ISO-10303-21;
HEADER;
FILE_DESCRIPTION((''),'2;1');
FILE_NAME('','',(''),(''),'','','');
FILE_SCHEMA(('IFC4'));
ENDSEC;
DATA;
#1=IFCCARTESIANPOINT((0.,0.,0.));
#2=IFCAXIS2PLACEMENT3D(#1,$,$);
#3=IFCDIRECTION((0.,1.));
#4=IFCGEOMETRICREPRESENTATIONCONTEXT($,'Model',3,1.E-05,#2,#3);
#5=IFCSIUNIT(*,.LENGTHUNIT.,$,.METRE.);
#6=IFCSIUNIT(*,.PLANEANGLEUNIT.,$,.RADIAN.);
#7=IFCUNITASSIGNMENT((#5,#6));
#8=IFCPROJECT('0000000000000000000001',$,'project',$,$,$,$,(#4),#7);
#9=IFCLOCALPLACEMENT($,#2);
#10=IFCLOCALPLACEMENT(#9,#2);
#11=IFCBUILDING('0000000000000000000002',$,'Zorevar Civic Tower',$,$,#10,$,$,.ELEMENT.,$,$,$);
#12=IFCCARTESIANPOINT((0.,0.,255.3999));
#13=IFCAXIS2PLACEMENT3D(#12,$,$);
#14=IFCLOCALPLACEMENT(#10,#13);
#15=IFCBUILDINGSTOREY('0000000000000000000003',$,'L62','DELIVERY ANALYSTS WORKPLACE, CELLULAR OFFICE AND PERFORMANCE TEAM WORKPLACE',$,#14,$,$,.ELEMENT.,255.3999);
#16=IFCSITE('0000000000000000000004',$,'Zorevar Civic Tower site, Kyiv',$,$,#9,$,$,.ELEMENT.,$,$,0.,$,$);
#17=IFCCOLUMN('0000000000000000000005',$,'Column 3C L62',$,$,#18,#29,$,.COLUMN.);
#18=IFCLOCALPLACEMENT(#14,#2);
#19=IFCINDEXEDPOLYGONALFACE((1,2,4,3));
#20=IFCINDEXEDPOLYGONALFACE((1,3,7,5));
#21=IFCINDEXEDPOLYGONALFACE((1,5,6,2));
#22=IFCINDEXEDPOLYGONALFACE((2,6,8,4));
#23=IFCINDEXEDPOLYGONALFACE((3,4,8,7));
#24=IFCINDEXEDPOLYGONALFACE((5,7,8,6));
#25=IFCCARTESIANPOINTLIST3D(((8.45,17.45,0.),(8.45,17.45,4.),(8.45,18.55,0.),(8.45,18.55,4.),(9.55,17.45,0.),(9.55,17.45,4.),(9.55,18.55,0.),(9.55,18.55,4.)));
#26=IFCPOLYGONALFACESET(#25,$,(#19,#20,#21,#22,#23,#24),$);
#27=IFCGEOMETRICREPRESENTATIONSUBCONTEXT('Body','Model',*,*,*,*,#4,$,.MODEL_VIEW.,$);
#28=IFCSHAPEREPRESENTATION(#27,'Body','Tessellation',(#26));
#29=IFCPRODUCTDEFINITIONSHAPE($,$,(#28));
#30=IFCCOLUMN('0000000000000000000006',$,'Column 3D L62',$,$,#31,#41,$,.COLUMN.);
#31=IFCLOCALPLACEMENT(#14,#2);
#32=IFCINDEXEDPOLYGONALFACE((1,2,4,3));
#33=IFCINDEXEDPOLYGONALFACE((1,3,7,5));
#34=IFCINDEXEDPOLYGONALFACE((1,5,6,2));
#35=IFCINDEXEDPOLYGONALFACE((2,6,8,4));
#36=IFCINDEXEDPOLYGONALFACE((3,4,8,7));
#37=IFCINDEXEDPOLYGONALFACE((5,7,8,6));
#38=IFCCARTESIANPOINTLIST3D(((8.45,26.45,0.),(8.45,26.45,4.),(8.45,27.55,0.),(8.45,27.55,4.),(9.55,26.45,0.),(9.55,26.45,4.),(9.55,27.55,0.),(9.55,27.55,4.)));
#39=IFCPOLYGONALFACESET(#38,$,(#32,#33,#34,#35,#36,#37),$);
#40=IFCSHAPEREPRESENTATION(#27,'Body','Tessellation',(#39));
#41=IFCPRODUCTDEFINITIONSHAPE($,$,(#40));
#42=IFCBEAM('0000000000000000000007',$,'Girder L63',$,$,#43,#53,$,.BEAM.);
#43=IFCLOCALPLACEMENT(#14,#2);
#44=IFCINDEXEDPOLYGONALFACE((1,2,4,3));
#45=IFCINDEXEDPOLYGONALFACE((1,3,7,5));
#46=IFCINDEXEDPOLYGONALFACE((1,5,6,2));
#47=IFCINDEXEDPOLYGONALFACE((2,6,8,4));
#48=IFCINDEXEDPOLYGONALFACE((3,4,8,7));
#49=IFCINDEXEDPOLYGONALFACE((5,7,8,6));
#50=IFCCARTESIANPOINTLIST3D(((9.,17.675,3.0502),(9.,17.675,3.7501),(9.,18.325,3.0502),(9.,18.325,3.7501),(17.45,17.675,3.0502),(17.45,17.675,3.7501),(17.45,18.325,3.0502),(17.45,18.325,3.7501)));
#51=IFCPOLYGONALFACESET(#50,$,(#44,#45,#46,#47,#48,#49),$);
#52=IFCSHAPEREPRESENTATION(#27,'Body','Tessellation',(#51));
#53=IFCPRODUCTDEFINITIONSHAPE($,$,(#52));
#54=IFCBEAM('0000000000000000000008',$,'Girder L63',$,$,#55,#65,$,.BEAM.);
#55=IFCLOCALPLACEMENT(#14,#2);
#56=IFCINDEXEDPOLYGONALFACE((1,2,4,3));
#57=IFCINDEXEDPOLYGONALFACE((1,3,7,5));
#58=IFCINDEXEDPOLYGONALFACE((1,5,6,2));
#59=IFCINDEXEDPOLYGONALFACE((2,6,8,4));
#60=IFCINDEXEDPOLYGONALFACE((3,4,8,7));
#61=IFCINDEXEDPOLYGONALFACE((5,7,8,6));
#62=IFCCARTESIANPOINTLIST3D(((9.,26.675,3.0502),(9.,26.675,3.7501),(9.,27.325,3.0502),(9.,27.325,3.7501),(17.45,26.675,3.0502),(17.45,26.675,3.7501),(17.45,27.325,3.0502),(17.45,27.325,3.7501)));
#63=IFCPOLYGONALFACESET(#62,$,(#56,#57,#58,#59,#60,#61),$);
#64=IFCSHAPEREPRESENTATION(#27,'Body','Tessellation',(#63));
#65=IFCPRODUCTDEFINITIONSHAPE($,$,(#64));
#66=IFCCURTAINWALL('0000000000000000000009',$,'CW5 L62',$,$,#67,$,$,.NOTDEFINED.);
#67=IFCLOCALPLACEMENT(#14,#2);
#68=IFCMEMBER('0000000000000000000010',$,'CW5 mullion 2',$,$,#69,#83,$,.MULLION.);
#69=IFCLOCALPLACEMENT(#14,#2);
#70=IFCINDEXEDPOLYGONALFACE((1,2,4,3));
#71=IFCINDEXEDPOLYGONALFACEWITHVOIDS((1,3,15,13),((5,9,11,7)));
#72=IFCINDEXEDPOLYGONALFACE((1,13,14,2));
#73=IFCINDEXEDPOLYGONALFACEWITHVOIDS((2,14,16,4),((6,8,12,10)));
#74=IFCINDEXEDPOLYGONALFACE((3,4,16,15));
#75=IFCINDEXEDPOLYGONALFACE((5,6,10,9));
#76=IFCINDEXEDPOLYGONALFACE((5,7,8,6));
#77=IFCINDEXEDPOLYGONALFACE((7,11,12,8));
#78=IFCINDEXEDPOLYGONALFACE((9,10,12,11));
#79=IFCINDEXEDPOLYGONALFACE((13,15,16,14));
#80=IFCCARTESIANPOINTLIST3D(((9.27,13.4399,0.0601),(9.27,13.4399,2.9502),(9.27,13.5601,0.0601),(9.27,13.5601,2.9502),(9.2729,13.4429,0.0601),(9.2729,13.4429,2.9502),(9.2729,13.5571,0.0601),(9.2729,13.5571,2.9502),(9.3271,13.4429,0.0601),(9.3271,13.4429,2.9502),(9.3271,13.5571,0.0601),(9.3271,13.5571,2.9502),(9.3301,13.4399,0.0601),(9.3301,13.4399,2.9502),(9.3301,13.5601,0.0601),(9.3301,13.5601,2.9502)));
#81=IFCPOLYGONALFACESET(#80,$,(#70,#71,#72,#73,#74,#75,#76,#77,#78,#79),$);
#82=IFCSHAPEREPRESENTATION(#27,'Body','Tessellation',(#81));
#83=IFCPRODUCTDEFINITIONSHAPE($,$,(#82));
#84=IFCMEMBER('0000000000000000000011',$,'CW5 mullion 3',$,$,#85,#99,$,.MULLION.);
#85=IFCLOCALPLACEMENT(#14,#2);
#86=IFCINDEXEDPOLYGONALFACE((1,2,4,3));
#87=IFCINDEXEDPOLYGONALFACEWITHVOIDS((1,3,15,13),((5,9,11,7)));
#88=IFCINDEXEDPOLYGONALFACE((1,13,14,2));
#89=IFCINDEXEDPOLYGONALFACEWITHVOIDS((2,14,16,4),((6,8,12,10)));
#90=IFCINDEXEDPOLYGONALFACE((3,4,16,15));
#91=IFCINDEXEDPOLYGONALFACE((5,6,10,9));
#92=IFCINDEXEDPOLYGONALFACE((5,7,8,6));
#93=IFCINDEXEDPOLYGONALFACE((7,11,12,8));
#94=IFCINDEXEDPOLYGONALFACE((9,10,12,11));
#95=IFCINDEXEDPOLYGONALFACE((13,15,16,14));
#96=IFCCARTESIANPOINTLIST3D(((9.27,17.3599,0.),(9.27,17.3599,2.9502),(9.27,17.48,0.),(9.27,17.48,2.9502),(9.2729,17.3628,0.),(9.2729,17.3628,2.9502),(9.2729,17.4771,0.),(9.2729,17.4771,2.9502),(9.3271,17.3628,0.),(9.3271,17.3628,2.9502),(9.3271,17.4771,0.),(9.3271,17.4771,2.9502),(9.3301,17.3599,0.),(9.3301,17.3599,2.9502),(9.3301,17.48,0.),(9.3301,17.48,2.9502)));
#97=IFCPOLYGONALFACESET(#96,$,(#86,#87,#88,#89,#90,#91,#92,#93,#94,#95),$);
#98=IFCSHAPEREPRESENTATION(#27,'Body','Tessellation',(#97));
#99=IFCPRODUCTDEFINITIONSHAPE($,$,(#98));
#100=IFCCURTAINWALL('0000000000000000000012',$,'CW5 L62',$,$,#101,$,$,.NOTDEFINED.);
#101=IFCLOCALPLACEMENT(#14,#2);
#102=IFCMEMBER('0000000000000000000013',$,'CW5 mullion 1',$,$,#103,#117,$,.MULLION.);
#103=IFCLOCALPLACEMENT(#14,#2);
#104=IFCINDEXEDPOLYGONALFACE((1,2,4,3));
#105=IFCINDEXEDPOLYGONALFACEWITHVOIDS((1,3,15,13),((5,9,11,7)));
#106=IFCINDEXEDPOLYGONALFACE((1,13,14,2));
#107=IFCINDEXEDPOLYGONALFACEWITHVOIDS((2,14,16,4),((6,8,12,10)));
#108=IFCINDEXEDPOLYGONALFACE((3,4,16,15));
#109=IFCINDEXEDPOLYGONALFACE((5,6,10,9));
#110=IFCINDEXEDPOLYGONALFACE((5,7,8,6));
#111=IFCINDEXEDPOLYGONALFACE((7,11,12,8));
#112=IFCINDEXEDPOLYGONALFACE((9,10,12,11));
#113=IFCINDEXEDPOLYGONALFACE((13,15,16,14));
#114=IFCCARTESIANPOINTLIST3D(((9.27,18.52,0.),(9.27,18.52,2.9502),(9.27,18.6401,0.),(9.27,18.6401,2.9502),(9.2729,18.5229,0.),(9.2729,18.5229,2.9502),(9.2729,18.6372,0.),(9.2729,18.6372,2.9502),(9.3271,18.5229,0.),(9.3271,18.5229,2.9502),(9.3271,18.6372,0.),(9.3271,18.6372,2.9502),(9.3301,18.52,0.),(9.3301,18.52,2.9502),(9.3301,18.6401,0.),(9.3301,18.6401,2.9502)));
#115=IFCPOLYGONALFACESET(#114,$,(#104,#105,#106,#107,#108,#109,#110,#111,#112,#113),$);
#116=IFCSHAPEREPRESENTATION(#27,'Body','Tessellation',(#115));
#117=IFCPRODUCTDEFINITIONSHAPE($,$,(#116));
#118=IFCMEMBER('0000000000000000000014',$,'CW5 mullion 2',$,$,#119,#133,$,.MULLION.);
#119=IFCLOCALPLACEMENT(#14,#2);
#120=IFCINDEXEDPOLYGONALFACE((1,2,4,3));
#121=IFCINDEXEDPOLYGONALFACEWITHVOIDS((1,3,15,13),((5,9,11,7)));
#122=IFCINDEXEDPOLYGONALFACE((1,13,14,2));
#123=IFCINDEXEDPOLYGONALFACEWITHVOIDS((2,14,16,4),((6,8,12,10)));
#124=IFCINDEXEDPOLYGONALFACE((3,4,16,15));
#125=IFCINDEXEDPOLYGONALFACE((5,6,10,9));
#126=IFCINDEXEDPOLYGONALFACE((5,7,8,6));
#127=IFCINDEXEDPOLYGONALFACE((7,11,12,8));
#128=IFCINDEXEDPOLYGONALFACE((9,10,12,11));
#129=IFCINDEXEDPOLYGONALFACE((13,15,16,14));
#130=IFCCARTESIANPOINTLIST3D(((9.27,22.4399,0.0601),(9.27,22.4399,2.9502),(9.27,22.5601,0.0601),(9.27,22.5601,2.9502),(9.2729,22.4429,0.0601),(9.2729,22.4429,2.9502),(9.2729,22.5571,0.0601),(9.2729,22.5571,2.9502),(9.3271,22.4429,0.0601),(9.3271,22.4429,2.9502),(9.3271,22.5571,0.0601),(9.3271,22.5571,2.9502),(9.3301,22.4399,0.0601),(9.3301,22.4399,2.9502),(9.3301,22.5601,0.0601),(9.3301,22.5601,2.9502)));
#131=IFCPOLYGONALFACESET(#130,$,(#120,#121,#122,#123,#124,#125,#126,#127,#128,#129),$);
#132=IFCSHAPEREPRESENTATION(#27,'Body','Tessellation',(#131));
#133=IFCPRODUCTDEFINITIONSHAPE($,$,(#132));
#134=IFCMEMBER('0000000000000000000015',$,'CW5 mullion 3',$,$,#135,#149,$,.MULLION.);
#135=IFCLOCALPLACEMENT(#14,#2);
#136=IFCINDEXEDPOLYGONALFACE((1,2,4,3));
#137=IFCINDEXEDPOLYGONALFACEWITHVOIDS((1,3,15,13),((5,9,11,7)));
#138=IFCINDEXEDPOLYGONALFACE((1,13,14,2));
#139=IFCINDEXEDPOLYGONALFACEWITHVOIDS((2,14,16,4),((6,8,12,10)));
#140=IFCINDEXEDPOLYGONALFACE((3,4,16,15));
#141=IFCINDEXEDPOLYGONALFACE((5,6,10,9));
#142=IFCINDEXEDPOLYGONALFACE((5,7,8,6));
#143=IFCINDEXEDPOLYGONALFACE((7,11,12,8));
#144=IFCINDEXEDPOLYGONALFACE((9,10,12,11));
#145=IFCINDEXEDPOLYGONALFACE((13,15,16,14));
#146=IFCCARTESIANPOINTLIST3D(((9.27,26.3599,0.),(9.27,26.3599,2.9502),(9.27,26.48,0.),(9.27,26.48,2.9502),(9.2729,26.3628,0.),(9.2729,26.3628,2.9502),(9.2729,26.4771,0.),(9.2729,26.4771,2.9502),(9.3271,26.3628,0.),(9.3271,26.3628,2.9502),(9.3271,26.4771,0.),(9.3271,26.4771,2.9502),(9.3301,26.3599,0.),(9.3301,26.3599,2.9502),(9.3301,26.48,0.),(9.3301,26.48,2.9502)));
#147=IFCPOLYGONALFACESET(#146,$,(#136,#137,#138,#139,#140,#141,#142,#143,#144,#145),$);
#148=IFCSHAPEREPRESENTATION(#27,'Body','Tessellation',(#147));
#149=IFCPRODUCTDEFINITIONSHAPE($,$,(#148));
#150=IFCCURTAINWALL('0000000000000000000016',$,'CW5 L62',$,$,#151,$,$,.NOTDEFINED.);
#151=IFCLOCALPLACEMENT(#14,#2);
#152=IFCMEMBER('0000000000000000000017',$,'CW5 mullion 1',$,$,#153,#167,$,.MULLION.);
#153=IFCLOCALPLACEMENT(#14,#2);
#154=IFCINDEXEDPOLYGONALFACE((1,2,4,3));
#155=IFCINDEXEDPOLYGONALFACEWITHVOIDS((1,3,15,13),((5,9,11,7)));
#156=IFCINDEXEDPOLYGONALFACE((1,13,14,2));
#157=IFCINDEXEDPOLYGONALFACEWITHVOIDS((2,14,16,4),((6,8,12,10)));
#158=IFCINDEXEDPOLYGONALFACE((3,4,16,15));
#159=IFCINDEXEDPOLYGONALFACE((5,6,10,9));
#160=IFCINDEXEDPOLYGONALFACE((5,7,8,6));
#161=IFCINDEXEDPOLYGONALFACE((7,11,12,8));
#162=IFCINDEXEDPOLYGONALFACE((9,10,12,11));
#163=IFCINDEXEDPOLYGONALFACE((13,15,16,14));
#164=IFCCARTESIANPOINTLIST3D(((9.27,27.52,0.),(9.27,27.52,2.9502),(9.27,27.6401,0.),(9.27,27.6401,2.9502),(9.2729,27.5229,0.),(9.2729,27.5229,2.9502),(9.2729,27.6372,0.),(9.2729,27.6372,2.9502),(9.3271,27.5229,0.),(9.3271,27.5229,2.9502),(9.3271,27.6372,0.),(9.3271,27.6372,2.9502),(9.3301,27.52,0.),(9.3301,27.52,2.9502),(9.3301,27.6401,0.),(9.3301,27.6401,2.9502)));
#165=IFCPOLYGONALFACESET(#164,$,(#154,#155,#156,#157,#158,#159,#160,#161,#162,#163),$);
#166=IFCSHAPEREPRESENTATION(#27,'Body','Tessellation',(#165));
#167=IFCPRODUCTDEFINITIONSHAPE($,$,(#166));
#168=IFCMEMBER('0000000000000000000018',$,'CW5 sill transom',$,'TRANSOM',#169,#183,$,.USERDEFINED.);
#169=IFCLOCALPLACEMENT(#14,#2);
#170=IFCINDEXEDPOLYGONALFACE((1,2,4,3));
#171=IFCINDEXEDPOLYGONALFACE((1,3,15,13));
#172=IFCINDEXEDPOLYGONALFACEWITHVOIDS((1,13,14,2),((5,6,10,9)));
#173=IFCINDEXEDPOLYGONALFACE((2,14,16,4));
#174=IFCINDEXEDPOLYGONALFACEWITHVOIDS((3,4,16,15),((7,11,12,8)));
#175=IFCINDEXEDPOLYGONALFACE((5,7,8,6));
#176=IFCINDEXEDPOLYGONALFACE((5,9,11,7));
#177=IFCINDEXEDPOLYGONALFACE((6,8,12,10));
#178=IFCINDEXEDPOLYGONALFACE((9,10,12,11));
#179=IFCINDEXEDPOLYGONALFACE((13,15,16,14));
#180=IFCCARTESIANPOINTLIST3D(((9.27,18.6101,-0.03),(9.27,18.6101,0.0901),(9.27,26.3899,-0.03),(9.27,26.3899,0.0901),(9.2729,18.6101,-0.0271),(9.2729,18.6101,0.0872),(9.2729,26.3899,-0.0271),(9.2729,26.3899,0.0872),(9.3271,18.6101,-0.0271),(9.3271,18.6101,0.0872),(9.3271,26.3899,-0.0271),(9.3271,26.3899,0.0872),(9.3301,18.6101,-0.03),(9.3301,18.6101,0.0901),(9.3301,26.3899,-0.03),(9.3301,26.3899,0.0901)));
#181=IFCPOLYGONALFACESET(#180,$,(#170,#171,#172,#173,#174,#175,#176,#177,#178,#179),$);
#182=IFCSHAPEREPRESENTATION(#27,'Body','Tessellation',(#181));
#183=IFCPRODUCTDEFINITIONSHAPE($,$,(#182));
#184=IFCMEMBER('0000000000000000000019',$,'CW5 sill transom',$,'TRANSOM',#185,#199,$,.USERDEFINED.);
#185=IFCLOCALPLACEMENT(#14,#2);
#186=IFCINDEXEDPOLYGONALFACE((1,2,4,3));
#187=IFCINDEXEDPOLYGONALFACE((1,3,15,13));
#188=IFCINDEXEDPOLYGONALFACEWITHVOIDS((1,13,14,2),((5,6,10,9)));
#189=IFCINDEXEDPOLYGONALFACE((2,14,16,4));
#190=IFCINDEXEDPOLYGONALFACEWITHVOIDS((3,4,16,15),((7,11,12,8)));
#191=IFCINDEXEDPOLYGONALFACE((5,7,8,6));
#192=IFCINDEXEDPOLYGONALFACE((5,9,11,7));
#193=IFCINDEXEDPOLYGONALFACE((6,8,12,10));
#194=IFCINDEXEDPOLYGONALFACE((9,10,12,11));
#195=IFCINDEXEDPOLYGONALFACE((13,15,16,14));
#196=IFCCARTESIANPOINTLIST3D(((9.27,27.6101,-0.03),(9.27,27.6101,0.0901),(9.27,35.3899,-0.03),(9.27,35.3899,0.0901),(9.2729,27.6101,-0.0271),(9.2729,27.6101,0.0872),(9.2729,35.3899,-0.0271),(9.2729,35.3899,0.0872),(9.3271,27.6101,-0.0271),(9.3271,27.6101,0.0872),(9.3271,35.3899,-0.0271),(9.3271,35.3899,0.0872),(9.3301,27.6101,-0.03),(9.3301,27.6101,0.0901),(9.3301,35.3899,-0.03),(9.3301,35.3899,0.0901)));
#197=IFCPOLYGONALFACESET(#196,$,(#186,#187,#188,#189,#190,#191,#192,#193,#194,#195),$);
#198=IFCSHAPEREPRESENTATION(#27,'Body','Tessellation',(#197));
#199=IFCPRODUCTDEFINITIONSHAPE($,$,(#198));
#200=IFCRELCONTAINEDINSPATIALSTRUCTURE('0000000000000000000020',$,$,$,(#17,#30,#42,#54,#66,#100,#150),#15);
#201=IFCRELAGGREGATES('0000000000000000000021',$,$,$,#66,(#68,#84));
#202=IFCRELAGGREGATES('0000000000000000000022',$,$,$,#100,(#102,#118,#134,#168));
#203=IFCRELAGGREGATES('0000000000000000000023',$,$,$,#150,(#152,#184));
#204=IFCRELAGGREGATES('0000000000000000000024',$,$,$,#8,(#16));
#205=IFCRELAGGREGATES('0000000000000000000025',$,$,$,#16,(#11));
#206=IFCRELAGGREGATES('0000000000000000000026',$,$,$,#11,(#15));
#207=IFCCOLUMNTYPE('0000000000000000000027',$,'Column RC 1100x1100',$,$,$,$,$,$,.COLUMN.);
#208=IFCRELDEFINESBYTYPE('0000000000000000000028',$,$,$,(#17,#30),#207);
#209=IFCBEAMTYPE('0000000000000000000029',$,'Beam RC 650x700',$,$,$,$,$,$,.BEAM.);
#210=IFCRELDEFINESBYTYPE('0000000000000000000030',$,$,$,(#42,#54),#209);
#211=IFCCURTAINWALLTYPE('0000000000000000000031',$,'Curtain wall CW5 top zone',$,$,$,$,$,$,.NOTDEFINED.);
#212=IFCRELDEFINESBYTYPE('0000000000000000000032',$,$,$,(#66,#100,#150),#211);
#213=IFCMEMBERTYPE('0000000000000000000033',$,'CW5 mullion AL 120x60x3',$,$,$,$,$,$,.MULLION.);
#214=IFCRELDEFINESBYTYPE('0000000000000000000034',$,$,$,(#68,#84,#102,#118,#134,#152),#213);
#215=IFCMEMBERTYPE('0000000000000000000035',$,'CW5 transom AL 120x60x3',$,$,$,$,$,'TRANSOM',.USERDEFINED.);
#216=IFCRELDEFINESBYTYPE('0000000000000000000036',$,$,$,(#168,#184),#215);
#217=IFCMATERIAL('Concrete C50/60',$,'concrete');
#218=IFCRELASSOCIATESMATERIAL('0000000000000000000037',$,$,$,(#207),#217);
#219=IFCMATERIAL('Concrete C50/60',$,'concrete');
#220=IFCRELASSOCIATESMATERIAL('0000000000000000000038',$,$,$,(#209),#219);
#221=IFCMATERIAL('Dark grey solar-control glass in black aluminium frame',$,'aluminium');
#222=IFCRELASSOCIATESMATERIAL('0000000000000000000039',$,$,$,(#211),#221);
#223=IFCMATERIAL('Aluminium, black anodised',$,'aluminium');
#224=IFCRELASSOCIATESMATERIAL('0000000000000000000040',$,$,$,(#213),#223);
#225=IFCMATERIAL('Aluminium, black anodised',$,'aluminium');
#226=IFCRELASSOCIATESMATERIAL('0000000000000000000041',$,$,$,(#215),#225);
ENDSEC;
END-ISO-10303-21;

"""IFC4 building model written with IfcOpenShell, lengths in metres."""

from ifc_helpers import new_model, si_unit, direction, frame, origin, origin_2d, place, context, subcontext, project, spatial, rectangle, hollow_rectangle, extrude, material, material_profile, profile_set, type_object, element, aggregate, save


model = new_model("IFC4")

# Units and contexts
model_context = context("Model", 3, precision=1e-05, world=origin(), true_north=direction((0.0, 1.0)))
body_context = subcontext(model_context, "Body", "Model", "MODEL_VIEW")
ifc_project = project(units=[si_unit("LENGTHUNIT", "METRE"), si_unit("PLANEANGLEUNIT", "RADIAN")], contexts=[model_context])

# Site, building, storey
site_placement = place(None, origin())
site = spatial("IfcSite", under=ifc_project, at=site_placement, Name="Zorevar Civic Tower site, Kyiv", CompositionType="ELEMENT", RefElevation=0.0)
building_placement = place(site_placement, origin())
building = spatial("IfcBuilding", under=site, at=building_placement, Name="Zorevar Civic Tower", CompositionType="ELEMENT")
storey_placement = place(building_placement, frame((0.0, 0.0, 255.3999)))
storey = spatial("IfcBuildingStorey", under=building, at=storey_placement, Name="L62", Description="DELIVERY ANALYSTS WORKPLACE, CELLULAR OFFICE AND PERFORMANCE TEAM WORKPLACE", CompositionType="ELEMENT", Elevation=255.3999)

# Columns
ifc_material_1 = material(Name="Concrete C50/60", Category="concrete")
ifc_material_profile_1 = material_profile(ifc_material_1, rectangle(XDim=1.1001, YDim=1.1001, at=origin_2d()), Name="RC 1100x1100")
ifc_profile_set_1 = profile_set([ifc_material_profile_1], Name="Concrete C50/60")
column_type = type_object("IfcColumnType", Name="Column RC 1100x1100", PredefinedType="COLUMN", material=ifc_profile_set_1)
for number, where, z_axis, x_axis, name in (
    (1, (9.0, 18.0, 0.0), (0.0, 0.0, 1.0), (1.0, 0.0, 0.0), "Column 3C L62"),
    (2, (9.0, 27.0, 0.0), (0.0, 0.0, 1.0), (1.0, 0.0, 0.0), "Column 3D L62"),
):
    element("IfcColumn", number, at=place(storey_placement, frame(where, z_axis=z_axis, x_axis=x_axis)), inside=storey, type_object=column_type, Name=name, PredefinedType="COLUMN", context=body_context, shape_type="SweptSolid", body=[
        extrude(rectangle(XDim=1.1001, YDim=1.1001, at=origin_2d()), origin(), (0.0, 0.0, 1.0), 4.0),
    ])

# Beams
ifc_material_2 = material(Name="Concrete C50/60", Category="concrete")
ifc_material_profile_2 = material_profile(ifc_material_2, rectangle(XDim=0.6499, YDim=0.7, at=origin_2d()), Name="RC 650x700")
ifc_profile_set_2 = profile_set([ifc_material_profile_2], Name="Concrete C50/60")
beam_type_1 = type_object("IfcBeamType", Name="Beam RC 650x700", PredefinedType="BEAM", material=ifc_profile_set_2)
for number, where, z_axis, x_axis, name in (
    (3, (9.0, 18.0, 3.4001), (1.0, 0.0, 0.0), (0.0, 1.0, 0.0), "Girder L63"),
    (4, (9.0, 27.0, 3.4001), (1.0, 0.0, 0.0), (0.0, 1.0, 0.0), "Girder L63"),
):
    element("IfcBeam", number, at=place(storey_placement, frame(where, z_axis=z_axis, x_axis=x_axis)), inside=storey, type_object=beam_type_1, Name=name, PredefinedType="BEAM", context=body_context, shape_type="SweptSolid", body=[
        extrude(rectangle(XDim=0.6499, YDim=0.7, at=origin_2d()), origin(), (0.0, 0.0, 1.0), 8.45),
    ])

# Curtain walls, members
ifc_material_3 = material(Name="Dark grey solar-control glass in black aluminium frame", Category="aluminium")
curtain_wall_type = type_object("IfcCurtainWallType", Name="Curtain wall CW5 top zone", PredefinedType="NOTDEFINED", material=ifc_material_3)
curtain_wall_1_placement = place(storey_placement, origin())
curtain_wall_1 = element("IfcCurtainWall", 5, at=curtain_wall_1_placement, inside=storey, type_object=curtain_wall_type, Name="CW5 L62", PredefinedType="NOTDEFINED")
ifc_material_4 = material(Name="Aluminium, black anodised", Category="aluminium")
ifc_material_profile_3 = material_profile(ifc_material_4, hollow_rectangle(XDim=0.0601, YDim=0.1201, WallThickness=0.0029, at=origin_2d()), Name="AL 120x60x3")
ifc_profile_set_3 = profile_set([ifc_material_profile_3], Name="Aluminium, black anodised")
member_type_1 = type_object("IfcMemberType", Name="CW5 mullion AL 120x60x3", PredefinedType="MULLION", material=ifc_profile_set_3)
member_1_placement = place(storey_placement, frame((9.3, 13.5, 0.0601), z_axis=(0.0, 0.0, 1.0), x_axis=(-1.0, 0.0, 0.0)))
member_1 = element("IfcMember", 6, at=member_1_placement, type_object=member_type_1, Name="CW5 mullion 2", PredefinedType="MULLION", context=body_context, shape_type="SweptSolid", body=[
    extrude(hollow_rectangle(XDim=0.0601, YDim=0.1201, WallThickness=0.0029, at=origin_2d()), origin(), (0.0, 0.0, 1.0), 2.8901),
])
member_2_placement = place(storey_placement, frame((9.3, 17.4199, 0.0), z_axis=(0.0, 0.0, 1.0), x_axis=(-1.0, 0.0, 0.0)))
member_2 = element("IfcMember", 7, at=member_2_placement, type_object=member_type_1, Name="CW5 mullion 3", PredefinedType="MULLION", context=body_context, shape_type="SweptSolid", body=[
    extrude(hollow_rectangle(XDim=0.0601, YDim=0.1201, WallThickness=0.0029, at=origin_2d()), origin(), (0.0, 0.0, 1.0), 2.9502),
])
curtain_wall_2_placement = place(storey_placement, origin())
curtain_wall_2 = element("IfcCurtainWall", 8, at=curtain_wall_2_placement, inside=storey, type_object=curtain_wall_type, Name="CW5 L62", PredefinedType="NOTDEFINED")
member_3_placement = place(storey_placement, frame((9.3, 18.5801, 0.0), z_axis=(0.0, 0.0, 1.0), x_axis=(-1.0, 0.0, 0.0)))
member_3 = element("IfcMember", 9, at=member_3_placement, type_object=member_type_1, Name="CW5 mullion 1", PredefinedType="MULLION", context=body_context, shape_type="SweptSolid", body=[
    extrude(hollow_rectangle(XDim=0.0601, YDim=0.1201, WallThickness=0.0029, at=origin_2d()), origin(), (0.0, 0.0, 1.0), 2.9502),
])
member_4_placement = place(storey_placement, frame((9.3, 22.5, 0.0601), z_axis=(0.0, 0.0, 1.0), x_axis=(-1.0, 0.0, 0.0)))
member_4 = element("IfcMember", 10, at=member_4_placement, type_object=member_type_1, Name="CW5 mullion 2", PredefinedType="MULLION", context=body_context, shape_type="SweptSolid", body=[
    extrude(hollow_rectangle(XDim=0.0601, YDim=0.1201, WallThickness=0.0029, at=origin_2d()), origin(), (0.0, 0.0, 1.0), 2.8901),
])
member_5_placement = place(storey_placement, frame((9.3, 26.4199, 0.0), z_axis=(0.0, 0.0, 1.0), x_axis=(-1.0, 0.0, 0.0)))
member_5 = element("IfcMember", 11, at=member_5_placement, type_object=member_type_1, Name="CW5 mullion 3", PredefinedType="MULLION", context=body_context, shape_type="SweptSolid", body=[
    extrude(hollow_rectangle(XDim=0.0601, YDim=0.1201, WallThickness=0.0029, at=origin_2d()), origin(), (0.0, 0.0, 1.0), 2.9502),
])

# Curtain wall, member
curtain_wall_3_placement = place(storey_placement, origin())
curtain_wall_3 = element("IfcCurtainWall", 12, at=curtain_wall_3_placement, inside=storey, type_object=curtain_wall_type, Name="CW5 L62", PredefinedType="NOTDEFINED")
member_6_placement = place(storey_placement, frame((9.3, 27.5801, 0.0), z_axis=(0.0, 0.0, 1.0), x_axis=(-1.0, 0.0, 0.0)))
member_6 = element("IfcMember", 13, at=member_6_placement, type_object=member_type_1, Name="CW5 mullion 1", PredefinedType="MULLION", context=body_context, shape_type="SweptSolid", body=[
    extrude(hollow_rectangle(XDim=0.0601, YDim=0.1201, WallThickness=0.0029, at=origin_2d()), origin(), (0.0, 0.0, 1.0), 2.9502),
])

# Members
ifc_material_5 = material(Name="Aluminium, black anodised", Category="aluminium")
ifc_material_profile_4 = material_profile(ifc_material_5, hollow_rectangle(XDim=0.0601, YDim=0.1201, WallThickness=0.0029, at=origin_2d()), Name="AL 120x60x3")
ifc_profile_set_4 = profile_set([ifc_material_profile_4], Name="Aluminium, black anodised")
member_type_2 = type_object("IfcMemberType", Name="CW5 transom AL 120x60x3", ElementType="TRANSOM", PredefinedType="USERDEFINED", material=ifc_profile_set_4)
member_7_placement = place(storey_placement, frame((9.3, 18.6101, 0.03), z_axis=(0.0, 1.0, 0.0), x_axis=(-1.0, 0.0, 0.0)))
member_7 = element("IfcMember", 14, at=member_7_placement, type_object=member_type_2, Name="CW5 sill transom", ObjectType="TRANSOM", PredefinedType="USERDEFINED", context=body_context, shape_type="SweptSolid", body=[
    extrude(hollow_rectangle(XDim=0.0601, YDim=0.1201, WallThickness=0.0029, at=origin_2d()), origin(), (0.0, 0.0, 1.0), 7.7798),
])
member_8_placement = place(storey_placement, frame((9.3, 27.6101, 0.03), z_axis=(0.0, 1.0, 0.0), x_axis=(-1.0, 0.0, 0.0)))
member_8 = element("IfcMember", 15, at=member_8_placement, type_object=member_type_2, Name="CW5 sill transom", ObjectType="TRANSOM", PredefinedType="USERDEFINED", context=body_context, shape_type="SweptSolid", body=[
    extrude(hollow_rectangle(XDim=0.0601, YDim=0.1201, WallThickness=0.0029, at=origin_2d()), origin(), (0.0, 0.0, 1.0), 7.7798),
])

aggregate(curtain_wall_1, [member_1, member_2])
aggregate(curtain_wall_2, [member_3, member_4, member_5, member_7])
aggregate(curtain_wall_3, [member_6, member_8])

save(model, "model.ifc")
